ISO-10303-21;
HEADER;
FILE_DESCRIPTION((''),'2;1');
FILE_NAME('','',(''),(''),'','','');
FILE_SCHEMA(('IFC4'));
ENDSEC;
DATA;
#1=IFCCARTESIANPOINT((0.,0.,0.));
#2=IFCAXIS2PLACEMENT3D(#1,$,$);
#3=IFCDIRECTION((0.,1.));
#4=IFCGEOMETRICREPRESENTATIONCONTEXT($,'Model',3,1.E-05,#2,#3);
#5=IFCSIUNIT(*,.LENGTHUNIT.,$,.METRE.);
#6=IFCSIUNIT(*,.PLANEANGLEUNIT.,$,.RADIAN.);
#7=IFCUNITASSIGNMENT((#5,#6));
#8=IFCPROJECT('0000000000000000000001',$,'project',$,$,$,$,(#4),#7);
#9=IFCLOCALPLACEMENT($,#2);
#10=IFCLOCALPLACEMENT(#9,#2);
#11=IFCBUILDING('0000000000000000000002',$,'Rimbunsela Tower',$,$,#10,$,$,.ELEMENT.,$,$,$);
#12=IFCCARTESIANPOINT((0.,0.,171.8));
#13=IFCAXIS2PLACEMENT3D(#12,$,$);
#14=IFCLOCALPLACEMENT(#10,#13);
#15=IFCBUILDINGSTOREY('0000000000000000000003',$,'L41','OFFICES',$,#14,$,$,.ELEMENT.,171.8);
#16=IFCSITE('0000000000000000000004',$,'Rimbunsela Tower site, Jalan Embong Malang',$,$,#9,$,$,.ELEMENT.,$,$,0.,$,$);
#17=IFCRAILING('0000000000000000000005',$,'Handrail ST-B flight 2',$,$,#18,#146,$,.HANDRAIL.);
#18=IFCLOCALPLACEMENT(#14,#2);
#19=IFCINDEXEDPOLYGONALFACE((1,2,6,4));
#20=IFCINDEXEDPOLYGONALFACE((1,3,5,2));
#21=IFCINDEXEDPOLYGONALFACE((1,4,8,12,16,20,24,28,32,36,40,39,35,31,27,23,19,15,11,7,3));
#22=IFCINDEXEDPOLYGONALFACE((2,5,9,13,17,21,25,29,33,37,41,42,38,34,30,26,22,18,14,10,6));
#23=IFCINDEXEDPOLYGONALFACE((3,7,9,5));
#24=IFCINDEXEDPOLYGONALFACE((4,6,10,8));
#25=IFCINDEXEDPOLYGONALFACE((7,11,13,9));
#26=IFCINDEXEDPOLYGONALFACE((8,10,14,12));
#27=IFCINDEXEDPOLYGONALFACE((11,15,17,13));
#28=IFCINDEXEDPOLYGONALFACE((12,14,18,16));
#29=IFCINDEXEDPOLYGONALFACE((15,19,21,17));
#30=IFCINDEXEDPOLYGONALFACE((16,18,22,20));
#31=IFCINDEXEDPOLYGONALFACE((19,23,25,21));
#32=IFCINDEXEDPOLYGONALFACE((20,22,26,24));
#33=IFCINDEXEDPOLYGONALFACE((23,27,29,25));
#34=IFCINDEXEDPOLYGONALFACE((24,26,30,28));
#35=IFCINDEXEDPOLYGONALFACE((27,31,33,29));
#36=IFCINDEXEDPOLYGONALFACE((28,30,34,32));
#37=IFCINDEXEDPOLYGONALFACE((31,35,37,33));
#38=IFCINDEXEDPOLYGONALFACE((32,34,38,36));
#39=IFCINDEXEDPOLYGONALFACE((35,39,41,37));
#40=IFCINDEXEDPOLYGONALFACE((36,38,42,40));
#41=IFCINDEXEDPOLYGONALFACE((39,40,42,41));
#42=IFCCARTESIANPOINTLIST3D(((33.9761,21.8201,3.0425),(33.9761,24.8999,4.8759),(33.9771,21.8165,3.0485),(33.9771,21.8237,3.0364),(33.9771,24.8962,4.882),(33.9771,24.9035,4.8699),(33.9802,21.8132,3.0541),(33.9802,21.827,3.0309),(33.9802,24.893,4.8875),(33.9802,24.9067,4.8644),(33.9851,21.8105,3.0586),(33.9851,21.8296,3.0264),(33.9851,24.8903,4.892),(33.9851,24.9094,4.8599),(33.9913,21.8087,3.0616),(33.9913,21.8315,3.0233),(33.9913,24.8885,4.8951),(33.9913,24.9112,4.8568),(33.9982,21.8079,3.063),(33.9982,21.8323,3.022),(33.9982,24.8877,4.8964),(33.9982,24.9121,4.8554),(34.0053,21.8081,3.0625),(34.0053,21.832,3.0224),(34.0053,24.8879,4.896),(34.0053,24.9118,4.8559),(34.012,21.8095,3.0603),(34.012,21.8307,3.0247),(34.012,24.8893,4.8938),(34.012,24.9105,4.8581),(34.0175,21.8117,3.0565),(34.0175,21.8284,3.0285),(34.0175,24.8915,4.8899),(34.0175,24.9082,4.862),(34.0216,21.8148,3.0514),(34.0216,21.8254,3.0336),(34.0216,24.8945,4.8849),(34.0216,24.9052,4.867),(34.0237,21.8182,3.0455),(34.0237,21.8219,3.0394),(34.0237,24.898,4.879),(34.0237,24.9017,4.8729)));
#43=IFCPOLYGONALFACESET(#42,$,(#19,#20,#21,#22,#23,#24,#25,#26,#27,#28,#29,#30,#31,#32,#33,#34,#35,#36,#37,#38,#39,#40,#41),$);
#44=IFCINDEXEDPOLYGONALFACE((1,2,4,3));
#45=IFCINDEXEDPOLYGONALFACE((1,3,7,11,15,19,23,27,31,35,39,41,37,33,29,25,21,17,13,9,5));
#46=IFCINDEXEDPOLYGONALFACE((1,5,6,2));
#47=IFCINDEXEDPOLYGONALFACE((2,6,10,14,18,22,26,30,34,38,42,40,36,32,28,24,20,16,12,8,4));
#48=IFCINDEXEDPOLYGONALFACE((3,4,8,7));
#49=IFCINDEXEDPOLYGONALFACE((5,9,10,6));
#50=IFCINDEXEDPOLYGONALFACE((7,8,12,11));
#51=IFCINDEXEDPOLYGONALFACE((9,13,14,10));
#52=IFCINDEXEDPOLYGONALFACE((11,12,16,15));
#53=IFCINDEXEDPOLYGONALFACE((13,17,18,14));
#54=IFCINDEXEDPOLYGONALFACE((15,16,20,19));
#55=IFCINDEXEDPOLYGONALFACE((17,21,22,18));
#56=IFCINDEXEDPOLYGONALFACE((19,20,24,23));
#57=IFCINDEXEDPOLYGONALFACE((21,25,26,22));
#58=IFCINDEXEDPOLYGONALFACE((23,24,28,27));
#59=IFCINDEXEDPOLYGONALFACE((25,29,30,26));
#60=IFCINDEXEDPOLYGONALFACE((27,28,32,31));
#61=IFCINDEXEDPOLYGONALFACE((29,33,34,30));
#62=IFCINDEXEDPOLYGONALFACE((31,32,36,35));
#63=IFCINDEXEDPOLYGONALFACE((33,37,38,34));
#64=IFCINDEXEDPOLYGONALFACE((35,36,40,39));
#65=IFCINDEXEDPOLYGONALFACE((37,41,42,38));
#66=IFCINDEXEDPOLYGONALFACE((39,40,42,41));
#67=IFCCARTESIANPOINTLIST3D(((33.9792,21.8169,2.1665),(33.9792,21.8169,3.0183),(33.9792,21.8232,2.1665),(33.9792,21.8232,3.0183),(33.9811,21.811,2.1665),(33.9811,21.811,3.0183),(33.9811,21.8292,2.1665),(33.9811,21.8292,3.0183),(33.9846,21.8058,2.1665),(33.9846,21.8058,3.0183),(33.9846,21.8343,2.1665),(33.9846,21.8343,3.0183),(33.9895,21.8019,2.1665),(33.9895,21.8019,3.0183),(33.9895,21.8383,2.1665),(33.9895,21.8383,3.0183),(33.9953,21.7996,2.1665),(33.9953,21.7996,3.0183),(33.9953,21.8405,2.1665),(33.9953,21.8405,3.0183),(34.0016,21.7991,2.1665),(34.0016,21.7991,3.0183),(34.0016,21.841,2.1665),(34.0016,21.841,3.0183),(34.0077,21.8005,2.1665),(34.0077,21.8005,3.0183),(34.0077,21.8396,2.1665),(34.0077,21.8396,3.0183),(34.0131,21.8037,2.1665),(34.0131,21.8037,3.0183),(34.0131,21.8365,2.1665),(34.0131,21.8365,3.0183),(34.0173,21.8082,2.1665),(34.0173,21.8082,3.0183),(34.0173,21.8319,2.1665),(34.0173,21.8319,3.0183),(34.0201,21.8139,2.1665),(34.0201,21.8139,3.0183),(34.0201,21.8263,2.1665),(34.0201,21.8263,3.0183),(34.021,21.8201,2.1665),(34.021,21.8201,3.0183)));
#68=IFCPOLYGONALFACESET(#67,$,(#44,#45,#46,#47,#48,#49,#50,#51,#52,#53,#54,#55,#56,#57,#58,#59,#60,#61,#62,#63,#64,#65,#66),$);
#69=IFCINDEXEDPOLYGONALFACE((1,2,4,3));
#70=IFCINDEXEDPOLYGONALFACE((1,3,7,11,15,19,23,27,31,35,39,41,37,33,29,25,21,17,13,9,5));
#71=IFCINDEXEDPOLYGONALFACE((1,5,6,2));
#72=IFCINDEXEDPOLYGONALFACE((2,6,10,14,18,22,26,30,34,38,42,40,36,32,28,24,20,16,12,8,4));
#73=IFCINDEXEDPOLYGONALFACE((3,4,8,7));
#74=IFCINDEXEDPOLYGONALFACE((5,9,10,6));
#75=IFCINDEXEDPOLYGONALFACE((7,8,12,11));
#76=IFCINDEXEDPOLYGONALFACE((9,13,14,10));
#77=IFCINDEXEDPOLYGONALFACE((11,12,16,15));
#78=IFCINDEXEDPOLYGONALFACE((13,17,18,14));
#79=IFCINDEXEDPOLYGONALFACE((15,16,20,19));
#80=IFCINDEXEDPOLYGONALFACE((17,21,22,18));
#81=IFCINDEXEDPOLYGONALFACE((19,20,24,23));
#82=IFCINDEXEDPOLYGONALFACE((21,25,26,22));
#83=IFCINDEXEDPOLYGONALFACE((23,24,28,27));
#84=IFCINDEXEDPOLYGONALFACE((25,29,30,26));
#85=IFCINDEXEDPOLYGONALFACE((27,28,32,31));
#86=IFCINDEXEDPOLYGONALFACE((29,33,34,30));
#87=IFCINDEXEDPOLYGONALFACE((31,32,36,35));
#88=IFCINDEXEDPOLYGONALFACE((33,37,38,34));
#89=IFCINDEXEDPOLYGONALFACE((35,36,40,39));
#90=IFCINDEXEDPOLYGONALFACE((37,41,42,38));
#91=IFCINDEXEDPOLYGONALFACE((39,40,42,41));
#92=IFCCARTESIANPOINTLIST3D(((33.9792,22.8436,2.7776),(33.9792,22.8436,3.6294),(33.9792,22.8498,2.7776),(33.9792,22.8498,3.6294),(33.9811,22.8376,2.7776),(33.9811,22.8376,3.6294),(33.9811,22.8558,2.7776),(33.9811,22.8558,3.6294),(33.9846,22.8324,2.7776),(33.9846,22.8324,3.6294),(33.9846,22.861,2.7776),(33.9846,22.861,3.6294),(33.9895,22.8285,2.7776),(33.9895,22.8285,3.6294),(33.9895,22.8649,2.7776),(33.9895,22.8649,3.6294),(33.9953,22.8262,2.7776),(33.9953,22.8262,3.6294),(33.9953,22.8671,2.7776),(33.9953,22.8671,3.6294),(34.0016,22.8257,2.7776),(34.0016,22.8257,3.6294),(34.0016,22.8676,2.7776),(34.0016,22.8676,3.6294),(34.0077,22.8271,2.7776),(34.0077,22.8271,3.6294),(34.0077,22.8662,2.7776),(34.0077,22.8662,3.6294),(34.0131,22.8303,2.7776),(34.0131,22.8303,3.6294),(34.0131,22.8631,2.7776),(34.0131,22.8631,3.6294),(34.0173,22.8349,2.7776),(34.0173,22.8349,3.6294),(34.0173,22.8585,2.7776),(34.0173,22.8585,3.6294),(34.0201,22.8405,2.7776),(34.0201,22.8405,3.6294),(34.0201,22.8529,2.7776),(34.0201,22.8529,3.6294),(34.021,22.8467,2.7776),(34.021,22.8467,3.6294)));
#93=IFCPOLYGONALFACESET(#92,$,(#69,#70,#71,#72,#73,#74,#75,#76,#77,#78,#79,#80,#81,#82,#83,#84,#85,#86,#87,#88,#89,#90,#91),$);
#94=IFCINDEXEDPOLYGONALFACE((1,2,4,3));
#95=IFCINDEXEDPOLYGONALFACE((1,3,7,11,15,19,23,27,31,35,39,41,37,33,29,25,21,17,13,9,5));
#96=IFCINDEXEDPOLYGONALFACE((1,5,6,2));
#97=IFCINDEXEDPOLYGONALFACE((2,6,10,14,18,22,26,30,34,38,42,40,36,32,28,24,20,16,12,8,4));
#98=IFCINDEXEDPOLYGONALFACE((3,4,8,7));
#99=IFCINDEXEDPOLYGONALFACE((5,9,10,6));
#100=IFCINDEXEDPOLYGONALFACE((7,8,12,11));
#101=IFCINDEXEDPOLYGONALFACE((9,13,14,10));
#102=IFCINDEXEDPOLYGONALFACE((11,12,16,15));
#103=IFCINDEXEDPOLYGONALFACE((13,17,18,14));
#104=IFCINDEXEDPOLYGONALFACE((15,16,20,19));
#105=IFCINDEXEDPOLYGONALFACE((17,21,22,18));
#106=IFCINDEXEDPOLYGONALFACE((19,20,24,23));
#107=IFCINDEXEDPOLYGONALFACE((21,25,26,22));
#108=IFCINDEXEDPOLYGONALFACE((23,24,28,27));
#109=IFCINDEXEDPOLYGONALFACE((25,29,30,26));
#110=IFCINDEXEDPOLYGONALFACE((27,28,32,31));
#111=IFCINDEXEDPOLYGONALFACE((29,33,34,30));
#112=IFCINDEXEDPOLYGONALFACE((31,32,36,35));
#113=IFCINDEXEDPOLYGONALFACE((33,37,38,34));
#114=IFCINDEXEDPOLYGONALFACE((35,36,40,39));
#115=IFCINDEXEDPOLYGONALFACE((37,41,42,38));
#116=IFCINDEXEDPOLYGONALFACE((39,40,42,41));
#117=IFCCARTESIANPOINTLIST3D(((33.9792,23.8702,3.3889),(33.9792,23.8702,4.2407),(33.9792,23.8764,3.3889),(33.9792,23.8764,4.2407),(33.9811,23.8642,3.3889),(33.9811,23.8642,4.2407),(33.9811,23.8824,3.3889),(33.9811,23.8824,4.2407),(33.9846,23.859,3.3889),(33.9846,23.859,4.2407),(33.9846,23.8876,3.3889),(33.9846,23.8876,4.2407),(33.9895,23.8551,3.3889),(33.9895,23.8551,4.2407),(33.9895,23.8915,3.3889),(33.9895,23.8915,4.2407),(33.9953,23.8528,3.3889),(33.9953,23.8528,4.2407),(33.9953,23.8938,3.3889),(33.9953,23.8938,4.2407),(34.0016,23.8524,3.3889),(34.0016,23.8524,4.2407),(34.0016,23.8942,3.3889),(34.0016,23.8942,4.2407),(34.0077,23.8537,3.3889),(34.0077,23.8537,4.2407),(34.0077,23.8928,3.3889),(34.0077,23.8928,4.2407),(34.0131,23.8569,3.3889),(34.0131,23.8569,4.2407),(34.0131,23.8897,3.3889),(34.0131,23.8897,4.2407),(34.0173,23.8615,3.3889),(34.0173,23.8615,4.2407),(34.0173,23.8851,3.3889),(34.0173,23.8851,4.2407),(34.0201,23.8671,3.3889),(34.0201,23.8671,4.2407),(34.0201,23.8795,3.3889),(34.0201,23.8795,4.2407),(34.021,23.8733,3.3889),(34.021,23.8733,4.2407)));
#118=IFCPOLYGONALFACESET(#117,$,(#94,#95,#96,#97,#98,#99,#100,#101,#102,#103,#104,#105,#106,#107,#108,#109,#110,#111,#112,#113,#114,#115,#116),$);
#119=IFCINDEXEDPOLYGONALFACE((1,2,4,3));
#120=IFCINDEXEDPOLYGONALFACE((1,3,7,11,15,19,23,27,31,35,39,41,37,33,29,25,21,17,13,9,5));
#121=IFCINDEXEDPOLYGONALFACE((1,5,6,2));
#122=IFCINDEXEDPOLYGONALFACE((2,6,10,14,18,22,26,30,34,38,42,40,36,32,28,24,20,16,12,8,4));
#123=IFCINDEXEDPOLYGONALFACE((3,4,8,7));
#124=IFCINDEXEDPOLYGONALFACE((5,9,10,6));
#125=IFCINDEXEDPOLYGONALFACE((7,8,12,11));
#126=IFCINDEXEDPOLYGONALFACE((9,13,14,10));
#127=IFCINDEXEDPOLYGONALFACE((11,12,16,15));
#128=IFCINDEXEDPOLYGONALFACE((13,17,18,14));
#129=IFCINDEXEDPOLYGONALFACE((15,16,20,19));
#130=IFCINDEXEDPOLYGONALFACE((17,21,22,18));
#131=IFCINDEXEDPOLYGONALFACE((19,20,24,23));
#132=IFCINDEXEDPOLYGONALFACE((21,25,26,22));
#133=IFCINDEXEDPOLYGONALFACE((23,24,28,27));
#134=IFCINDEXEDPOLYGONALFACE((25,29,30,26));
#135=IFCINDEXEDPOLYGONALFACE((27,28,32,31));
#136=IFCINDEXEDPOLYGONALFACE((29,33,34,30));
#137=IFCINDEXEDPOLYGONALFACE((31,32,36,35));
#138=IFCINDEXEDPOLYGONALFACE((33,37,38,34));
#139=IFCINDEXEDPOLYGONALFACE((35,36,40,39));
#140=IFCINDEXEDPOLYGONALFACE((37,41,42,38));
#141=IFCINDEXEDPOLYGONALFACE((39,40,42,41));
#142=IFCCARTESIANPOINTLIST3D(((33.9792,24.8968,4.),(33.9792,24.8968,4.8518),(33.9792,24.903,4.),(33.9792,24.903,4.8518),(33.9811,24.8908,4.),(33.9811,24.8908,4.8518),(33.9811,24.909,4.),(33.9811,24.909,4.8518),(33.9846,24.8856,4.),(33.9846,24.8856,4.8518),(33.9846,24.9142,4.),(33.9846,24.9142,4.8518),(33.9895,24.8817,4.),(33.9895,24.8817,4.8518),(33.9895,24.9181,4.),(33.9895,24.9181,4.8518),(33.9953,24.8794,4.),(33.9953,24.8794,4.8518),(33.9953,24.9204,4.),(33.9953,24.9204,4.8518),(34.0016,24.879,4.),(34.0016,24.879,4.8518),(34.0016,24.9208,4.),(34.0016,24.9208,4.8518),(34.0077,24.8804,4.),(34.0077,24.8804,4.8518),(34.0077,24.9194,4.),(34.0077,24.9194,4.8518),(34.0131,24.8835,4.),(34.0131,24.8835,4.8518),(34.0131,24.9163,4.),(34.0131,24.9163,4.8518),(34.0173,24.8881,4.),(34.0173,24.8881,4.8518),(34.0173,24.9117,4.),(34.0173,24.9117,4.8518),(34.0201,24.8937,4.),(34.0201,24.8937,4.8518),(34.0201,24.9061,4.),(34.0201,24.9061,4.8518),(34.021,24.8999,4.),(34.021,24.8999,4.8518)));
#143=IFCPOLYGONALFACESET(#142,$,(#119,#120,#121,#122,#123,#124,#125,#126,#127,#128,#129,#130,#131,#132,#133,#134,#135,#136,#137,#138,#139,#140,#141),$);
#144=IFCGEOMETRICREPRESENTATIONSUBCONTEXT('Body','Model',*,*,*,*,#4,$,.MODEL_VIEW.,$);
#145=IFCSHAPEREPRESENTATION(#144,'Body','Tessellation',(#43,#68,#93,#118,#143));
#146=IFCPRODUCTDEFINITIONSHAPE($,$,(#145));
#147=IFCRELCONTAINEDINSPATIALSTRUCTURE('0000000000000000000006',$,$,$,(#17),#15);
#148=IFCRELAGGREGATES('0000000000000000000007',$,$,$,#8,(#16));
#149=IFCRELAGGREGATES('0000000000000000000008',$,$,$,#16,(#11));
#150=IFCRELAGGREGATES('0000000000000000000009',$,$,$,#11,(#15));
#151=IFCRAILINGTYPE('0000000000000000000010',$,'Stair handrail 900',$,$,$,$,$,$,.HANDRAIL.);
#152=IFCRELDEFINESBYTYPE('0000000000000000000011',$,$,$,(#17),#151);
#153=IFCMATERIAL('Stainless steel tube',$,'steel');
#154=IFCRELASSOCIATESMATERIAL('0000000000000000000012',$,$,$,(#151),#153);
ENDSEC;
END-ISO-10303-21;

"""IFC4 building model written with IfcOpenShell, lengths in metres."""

from ifc_helpers import new_model, si_unit, direction, frame, origin, origin_2d, place, context, subcontext, project, spatial, circle, extrude, material, type_object, element, save


model = new_model("IFC4")

# Units and contexts
model_context = context("Model", 3, precision=1e-05, world=origin(), true_north=direction((0.0, 1.0)))
body_context = subcontext(model_context, "Body", "Model", "MODEL_VIEW")
ifc_project = project(units=[si_unit("LENGTHUNIT", "METRE"), si_unit("PLANEANGLEUNIT", "RADIAN")], contexts=[model_context])

# Site, building, storey
site_placement = place(None, origin())
site = spatial("IfcSite", under=ifc_project, at=site_placement, Name="Rimbunsela Tower site, Jalan Embong Malang", CompositionType="ELEMENT", RefElevation=0.0)
building_placement = place(site_placement, origin())
building = spatial("IfcBuilding", under=site, at=building_placement, Name="Rimbunsela Tower", CompositionType="ELEMENT")
storey_placement = place(building_placement, frame((0.0, 0.0, 171.8)))
storey = spatial("IfcBuildingStorey", under=building, at=storey_placement, Name="L41", Description="OFFICES", CompositionType="ELEMENT", Elevation=171.8)

# Railing
ifc_material_1 = material(Name="Stainless steel tube", Category="steel")
railing_type = type_object("IfcRailingType", Name="Stair handrail 900", PredefinedType="HANDRAIL", material=ifc_material_1)
railing_1_placement = place(storey_placement, frame((34.0, 21.8201, 2.1665)))
element("IfcRailing", 1, at=railing_1_placement, inside=storey, type_object=railing_type, Name="Handrail ST-B flight 2", PredefinedType="HANDRAIL", context=body_context, shape_type="SweptSolid", body=[
    extrude(circle(Radius=0.0239, at=origin_2d()), frame((0.0, 0.0, 0.876), z_axis=(0.0, 0.859261, 0.511538), x_axis=(-1.0, 0.0, 0.0)), (0.0, 0.0, 1.0), 3.5842),
    extrude(circle(Radius=0.021, at=origin_2d()), origin(), (0.0, 0.0, 1.0), 0.8518),
    extrude(circle(Radius=0.021, at=origin_2d()), frame((0.0, 1.0266, 0.6111)), (0.0, 0.0, 1.0), 0.8518),
    extrude(circle(Radius=0.021, at=origin_2d()), frame((0.0, 2.0532, 1.2224)), (0.0, 0.0, 1.0), 0.8518),
    extrude(circle(Radius=0.021, at=origin_2d()), frame((0.0, 3.0798, 1.8335)), (0.0, 0.0, 1.0), 0.8518),
])

save(model, "model.ifc")
